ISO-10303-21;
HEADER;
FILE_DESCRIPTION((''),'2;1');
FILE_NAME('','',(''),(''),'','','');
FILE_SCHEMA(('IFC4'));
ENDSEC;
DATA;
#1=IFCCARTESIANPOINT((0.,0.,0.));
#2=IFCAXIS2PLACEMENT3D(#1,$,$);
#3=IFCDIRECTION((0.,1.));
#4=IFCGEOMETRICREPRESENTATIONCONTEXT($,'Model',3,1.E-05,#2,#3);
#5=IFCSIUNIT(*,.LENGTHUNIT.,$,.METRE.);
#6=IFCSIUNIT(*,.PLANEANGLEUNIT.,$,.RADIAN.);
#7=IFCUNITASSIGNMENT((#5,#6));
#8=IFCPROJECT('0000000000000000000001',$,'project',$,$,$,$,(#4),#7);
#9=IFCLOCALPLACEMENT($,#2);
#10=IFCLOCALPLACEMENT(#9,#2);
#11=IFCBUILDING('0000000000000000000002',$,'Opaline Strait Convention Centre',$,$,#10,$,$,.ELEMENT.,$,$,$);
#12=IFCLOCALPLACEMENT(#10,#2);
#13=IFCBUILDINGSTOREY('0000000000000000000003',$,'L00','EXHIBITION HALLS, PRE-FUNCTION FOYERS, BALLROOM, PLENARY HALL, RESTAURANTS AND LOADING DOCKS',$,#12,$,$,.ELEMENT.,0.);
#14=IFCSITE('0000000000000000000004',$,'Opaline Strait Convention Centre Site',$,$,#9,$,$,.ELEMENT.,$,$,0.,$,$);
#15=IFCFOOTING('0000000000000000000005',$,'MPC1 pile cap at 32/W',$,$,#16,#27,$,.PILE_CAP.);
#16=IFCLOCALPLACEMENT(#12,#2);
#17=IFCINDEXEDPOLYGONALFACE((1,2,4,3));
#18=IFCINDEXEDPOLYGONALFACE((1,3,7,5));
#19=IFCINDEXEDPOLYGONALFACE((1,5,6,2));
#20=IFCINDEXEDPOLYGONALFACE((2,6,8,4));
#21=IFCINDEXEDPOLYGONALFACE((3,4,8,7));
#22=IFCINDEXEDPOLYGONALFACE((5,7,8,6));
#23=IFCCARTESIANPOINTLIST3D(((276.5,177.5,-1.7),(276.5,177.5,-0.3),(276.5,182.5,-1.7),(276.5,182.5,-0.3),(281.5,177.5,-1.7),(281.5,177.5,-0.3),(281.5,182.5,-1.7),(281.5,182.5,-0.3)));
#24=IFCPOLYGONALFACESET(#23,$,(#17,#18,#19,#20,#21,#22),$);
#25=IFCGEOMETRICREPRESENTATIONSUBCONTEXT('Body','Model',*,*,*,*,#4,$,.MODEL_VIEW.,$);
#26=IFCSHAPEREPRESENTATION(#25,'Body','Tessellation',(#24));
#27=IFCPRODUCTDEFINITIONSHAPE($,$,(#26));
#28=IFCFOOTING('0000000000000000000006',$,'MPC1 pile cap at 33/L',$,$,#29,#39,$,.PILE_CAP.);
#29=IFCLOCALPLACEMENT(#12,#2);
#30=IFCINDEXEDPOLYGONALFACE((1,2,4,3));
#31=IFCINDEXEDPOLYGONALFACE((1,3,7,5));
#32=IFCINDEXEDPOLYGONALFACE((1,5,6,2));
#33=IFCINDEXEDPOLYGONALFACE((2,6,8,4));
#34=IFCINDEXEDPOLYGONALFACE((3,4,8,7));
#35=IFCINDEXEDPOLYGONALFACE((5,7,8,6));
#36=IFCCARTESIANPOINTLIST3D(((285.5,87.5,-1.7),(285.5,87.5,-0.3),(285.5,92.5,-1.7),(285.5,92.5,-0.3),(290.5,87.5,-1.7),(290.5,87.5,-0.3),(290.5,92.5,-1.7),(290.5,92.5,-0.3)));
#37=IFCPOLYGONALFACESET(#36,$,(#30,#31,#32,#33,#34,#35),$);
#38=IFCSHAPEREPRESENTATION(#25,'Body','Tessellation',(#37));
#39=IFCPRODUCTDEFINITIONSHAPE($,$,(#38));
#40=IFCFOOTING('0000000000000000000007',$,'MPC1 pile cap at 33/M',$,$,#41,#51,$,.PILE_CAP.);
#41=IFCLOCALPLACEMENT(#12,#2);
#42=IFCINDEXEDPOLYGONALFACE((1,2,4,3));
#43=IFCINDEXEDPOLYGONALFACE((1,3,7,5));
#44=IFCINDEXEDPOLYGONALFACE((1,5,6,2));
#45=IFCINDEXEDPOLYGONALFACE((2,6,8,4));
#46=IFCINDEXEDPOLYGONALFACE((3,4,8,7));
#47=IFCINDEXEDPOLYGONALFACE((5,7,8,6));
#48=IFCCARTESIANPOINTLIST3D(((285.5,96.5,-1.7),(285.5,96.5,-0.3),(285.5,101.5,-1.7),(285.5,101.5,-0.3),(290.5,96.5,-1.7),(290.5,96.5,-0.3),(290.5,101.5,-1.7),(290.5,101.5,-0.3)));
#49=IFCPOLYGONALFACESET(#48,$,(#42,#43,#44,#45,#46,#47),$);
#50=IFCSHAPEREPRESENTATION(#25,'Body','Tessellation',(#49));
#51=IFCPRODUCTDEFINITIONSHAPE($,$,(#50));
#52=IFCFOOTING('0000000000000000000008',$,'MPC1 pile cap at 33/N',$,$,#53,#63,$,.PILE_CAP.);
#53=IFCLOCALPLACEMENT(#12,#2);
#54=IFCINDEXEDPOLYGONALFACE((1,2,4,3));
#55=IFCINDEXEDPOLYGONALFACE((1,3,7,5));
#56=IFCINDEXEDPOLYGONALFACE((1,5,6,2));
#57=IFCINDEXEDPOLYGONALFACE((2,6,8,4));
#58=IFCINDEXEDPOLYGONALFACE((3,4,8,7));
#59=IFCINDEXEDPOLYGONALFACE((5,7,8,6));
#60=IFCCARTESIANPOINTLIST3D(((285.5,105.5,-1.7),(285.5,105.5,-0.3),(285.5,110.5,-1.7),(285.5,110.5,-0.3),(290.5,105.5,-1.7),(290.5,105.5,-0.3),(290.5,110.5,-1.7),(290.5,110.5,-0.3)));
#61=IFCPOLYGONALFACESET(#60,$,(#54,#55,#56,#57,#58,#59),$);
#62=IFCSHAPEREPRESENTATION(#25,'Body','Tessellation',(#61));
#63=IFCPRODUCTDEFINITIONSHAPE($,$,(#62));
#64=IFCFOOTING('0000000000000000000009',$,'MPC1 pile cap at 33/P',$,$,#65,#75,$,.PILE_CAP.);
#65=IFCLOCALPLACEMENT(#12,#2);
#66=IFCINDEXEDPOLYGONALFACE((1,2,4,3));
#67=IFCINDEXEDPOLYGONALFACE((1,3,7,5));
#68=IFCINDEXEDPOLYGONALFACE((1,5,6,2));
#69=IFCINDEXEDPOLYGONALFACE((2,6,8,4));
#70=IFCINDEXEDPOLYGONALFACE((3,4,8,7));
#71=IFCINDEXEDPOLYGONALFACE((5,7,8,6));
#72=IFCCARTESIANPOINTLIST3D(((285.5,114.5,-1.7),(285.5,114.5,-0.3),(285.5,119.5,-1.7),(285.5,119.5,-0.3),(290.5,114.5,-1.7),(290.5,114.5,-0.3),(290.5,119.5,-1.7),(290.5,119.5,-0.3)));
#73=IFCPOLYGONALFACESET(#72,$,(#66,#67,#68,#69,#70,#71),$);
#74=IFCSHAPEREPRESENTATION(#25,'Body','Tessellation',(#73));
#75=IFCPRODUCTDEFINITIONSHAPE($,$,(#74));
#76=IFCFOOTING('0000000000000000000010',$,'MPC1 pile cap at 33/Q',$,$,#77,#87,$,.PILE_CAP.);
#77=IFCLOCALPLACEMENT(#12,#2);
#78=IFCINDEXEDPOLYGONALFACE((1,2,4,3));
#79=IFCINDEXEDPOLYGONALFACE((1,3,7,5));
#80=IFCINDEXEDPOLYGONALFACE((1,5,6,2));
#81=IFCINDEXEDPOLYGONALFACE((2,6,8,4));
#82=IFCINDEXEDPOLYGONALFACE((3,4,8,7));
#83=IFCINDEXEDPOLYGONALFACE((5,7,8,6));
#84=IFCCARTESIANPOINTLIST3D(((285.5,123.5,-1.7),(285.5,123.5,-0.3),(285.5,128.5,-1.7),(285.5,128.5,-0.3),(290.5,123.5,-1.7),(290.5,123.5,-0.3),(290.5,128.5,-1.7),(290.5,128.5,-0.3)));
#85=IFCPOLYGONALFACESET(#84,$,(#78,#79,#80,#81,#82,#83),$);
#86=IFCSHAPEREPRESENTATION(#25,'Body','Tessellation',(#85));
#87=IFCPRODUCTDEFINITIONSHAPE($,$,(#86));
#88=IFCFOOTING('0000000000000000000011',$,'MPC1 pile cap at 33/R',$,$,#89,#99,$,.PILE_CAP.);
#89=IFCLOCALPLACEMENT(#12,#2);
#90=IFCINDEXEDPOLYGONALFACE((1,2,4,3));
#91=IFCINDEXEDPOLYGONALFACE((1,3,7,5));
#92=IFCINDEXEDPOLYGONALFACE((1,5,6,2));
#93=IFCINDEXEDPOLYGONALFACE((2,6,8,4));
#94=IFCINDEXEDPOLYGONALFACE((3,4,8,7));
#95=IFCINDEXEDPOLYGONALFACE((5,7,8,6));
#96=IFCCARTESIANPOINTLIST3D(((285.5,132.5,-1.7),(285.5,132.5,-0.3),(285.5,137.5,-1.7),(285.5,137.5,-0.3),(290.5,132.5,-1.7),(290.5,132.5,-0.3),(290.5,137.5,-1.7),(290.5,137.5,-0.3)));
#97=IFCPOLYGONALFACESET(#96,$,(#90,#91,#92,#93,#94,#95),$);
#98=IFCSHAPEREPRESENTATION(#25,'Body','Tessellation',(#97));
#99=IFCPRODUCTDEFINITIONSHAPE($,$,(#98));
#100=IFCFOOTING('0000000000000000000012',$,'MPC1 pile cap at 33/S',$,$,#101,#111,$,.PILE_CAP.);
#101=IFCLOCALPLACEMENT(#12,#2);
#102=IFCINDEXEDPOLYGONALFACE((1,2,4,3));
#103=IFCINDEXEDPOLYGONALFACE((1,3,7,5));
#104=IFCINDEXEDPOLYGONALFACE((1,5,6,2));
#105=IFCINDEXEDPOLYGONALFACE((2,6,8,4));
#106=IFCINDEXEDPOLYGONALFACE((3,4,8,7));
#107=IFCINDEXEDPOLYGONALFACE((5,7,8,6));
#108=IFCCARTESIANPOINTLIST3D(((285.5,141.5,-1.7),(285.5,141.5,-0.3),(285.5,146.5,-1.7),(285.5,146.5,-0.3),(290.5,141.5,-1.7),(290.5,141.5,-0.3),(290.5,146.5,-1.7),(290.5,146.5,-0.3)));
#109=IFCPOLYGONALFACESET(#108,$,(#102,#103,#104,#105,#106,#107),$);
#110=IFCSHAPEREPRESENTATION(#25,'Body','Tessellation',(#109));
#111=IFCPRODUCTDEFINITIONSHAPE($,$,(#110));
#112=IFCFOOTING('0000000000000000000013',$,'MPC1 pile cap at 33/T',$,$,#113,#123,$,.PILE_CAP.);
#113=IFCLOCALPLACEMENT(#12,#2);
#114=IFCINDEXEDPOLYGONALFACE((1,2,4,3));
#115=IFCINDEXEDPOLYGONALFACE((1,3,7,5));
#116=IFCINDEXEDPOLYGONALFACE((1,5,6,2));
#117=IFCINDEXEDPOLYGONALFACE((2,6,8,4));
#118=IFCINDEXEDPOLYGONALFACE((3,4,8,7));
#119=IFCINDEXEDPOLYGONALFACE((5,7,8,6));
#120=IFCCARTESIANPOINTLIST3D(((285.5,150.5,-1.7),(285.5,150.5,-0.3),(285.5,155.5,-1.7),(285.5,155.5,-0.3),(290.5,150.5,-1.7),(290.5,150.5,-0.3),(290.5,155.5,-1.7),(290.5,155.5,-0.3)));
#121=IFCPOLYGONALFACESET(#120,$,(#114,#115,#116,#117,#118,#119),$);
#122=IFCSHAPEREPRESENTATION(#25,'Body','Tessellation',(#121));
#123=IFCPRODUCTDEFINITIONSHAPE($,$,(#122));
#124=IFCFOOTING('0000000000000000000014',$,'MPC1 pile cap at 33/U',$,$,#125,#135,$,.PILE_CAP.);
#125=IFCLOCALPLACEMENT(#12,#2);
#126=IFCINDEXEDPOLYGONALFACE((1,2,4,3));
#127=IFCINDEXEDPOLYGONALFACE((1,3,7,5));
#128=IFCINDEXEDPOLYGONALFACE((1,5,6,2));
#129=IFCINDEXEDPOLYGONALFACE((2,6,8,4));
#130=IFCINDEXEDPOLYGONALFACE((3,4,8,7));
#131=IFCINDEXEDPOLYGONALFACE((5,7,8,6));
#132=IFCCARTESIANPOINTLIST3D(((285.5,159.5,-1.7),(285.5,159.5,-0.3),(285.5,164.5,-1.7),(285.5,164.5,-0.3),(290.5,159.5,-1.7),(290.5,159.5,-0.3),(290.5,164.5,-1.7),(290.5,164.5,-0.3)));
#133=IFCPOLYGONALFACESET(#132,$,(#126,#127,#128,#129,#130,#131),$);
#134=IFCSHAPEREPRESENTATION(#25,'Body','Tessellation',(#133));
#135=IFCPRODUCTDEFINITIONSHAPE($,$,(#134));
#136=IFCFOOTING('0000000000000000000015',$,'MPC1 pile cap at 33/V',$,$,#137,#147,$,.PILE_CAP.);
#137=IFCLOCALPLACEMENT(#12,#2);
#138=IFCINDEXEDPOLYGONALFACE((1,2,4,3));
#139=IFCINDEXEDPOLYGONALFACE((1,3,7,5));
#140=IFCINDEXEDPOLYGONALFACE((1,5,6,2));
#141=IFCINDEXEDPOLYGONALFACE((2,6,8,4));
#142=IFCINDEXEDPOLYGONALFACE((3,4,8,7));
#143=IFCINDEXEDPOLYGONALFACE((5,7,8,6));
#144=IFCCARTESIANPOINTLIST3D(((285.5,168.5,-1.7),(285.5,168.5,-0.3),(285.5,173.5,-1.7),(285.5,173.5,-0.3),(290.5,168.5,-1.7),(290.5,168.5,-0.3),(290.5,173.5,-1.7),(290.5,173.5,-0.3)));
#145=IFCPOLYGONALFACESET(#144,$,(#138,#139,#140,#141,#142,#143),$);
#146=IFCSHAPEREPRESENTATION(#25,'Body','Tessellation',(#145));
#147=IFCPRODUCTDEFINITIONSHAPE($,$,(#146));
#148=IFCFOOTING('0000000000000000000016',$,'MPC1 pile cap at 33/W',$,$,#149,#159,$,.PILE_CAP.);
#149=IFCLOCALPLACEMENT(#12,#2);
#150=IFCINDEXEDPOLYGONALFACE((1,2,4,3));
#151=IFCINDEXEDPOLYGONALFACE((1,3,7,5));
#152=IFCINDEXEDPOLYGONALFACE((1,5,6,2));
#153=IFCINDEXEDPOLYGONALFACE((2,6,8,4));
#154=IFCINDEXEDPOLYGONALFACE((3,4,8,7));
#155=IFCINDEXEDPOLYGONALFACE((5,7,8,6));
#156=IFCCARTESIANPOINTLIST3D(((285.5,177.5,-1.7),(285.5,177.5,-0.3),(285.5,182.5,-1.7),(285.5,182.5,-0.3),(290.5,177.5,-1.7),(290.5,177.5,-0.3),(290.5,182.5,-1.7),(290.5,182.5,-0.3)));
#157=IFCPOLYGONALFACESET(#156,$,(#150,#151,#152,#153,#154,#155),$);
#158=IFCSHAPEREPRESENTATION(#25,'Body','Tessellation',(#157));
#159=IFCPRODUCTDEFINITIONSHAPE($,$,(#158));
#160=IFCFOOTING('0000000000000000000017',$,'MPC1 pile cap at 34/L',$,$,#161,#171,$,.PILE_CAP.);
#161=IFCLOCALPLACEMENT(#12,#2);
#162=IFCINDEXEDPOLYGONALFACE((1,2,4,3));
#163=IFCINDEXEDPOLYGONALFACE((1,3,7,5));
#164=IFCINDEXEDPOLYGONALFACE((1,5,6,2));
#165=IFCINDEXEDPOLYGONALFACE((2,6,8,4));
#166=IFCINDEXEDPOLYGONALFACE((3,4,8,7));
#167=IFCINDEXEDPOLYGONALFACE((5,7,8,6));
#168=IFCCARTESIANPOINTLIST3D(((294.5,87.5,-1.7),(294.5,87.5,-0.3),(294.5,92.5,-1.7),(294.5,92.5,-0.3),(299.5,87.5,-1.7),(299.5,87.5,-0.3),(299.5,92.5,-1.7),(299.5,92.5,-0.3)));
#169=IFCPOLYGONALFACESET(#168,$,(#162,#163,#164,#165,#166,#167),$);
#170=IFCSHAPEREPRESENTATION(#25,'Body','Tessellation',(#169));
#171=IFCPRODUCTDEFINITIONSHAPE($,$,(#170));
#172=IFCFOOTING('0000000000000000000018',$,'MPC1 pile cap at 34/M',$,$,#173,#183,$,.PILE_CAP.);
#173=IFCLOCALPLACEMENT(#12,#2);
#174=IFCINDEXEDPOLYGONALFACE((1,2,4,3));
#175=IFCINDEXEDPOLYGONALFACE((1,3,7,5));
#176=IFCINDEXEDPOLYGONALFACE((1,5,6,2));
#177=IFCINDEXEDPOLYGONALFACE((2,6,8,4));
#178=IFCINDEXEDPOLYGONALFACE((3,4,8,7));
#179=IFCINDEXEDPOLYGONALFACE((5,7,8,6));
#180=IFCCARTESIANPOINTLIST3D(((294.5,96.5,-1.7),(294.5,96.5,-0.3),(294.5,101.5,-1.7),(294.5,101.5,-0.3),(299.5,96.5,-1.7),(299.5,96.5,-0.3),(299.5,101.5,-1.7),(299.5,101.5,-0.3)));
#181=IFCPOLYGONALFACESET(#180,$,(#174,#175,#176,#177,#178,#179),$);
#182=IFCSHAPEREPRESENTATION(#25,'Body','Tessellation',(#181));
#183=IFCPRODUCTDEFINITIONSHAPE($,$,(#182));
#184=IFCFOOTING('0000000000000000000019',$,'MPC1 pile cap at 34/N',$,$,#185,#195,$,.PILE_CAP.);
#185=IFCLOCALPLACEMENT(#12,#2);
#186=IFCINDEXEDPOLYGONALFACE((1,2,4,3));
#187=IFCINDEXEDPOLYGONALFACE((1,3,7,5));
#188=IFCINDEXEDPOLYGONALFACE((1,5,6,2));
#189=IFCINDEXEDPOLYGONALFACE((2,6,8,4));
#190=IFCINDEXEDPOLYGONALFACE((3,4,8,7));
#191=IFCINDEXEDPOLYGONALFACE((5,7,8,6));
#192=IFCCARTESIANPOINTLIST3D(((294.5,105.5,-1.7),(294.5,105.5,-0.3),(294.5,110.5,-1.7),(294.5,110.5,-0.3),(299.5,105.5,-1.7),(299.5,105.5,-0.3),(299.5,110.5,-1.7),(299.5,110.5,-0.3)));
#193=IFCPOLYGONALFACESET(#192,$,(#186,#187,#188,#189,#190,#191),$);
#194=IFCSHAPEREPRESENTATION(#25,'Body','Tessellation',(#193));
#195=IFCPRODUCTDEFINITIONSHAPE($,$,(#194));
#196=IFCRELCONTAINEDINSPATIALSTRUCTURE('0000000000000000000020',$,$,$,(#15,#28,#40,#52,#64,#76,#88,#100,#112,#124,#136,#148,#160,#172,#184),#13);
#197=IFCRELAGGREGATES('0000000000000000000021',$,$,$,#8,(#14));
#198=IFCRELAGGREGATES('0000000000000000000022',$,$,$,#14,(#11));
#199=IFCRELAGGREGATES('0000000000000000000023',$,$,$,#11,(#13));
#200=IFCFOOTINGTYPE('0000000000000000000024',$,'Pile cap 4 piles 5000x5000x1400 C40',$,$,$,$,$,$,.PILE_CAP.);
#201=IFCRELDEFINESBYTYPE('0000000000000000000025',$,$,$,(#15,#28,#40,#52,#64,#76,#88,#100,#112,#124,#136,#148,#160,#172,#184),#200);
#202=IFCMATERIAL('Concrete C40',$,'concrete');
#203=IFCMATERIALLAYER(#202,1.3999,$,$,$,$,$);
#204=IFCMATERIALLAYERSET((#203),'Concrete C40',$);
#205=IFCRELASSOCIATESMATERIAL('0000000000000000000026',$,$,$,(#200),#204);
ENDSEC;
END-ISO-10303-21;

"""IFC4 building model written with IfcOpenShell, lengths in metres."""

from ifc_helpers import new_model, si_unit, direction, frame, origin, place, context, subcontext, project, spatial, polyline, outline, extrude, material, layer, layer_set, type_object, element, save


model = new_model("IFC4")

# Units and contexts
model_context = context("Model", 3, precision=1e-05, world=origin(), true_north=direction((0.0, 1.0)))
body_context = subcontext(model_context, "Body", "Model", "MODEL_VIEW")
ifc_project = project(units=[si_unit("LENGTHUNIT", "METRE"), si_unit("PLANEANGLEUNIT", "RADIAN")], contexts=[model_context])

# Site, building, storey
site_placement = place(None, origin())
site = spatial("IfcSite", under=ifc_project, at=site_placement, Name="Opaline Strait Convention Centre Site", CompositionType="ELEMENT", RefElevation=0.0)
building_placement = place(site_placement, origin())
building = spatial("IfcBuilding", under=site, at=building_placement, Name="Opaline Strait Convention Centre", CompositionType="ELEMENT")
storey_placement = place(building_placement, origin())
storey = spatial("IfcBuildingStorey", under=building, at=storey_placement, Name="L00", Description="EXHIBITION HALLS, PRE-FUNCTION FOYERS, BALLROOM, PLENARY HALL, RESTAURANTS AND LOADING DOCKS", CompositionType="ELEMENT", Elevation=0.0)

# Footings
ifc_material = material(Name="Concrete C40", Category="concrete")
ifc_layer = layer(ifc_material, 1.3999)
ifc_layer_set = layer_set([ifc_layer], Name="Concrete C40")
footing_type = type_object("IfcFootingType", Name="Pile cap 4 piles 5000x5000x1400 C40", PredefinedType="PILE_CAP", material=ifc_layer_set)
footing_1_placement = place(storey_placement, frame((0.0, 0.0, -1.7)))
element("IfcFooting", 1, at=footing_1_placement, inside=storey, type_object=footing_type, Name="MPC1 pile cap at 32/W", PredefinedType="PILE_CAP", context=body_context, shape_type="SweptSolid", body=[
    extrude(outline(polyline([(276.5, 177.5), (281.5, 177.5), (281.5, 182.5), (276.5, 182.5), (276.5, 177.5)])), origin(), (0.0, 0.0, 1.0), 1.3999),
])
footing_2_placement = place(storey_placement, frame((0.0, 0.0, -1.7)))
element("IfcFooting", 2, at=footing_2_placement, inside=storey, type_object=footing_type, Name="MPC1 pile cap at 33/L", PredefinedType="PILE_CAP", context=body_context, shape_type="SweptSolid", body=[
    extrude(outline(polyline([(285.5, 87.5), (290.5, 87.5), (290.5, 92.5), (285.5, 92.5), (285.5, 87.5)])), origin(), (0.0, 0.0, 1.0), 1.3999),
])
footing_3_placement = place(storey_placement, frame((0.0, 0.0, -1.7)))
element("IfcFooting", 3, at=footing_3_placement, inside=storey, type_object=footing_type, Name="MPC1 pile cap at 33/M", PredefinedType="PILE_CAP", context=body_context, shape_type="SweptSolid", body=[
    extrude(outline(polyline([(285.5, 96.5), (290.5, 96.5), (290.5, 101.5), (285.5, 101.5), (285.5, 96.5)])), origin(), (0.0, 0.0, 1.0), 1.3999),
])
footing_4_placement = place(storey_placement, frame((0.0, 0.0, -1.7)))
element("IfcFooting", 4, at=footing_4_placement, inside=storey, type_object=footing_type, Name="MPC1 pile cap at 33/N", PredefinedType="PILE_CAP", context=body_context, shape_type="SweptSolid", body=[
    extrude(outline(polyline([(285.5, 105.5), (290.5, 105.5), (290.5, 110.5), (285.5, 110.5), (285.5, 105.5)])), origin(), (0.0, 0.0, 1.0), 1.3999),
])
footing_5_placement = place(storey_placement, frame((0.0, 0.0, -1.7)))
element("IfcFooting", 5, at=footing_5_placement, inside=storey, type_object=footing_type, Name="MPC1 pile cap at 33/P", PredefinedType="PILE_CAP", context=body_context, shape_type="SweptSolid", body=[
    extrude(outline(polyline([(285.5, 114.5), (290.5, 114.5), (290.5, 119.5), (285.5, 119.5), (285.5, 114.5)])), origin(), (0.0, 0.0, 1.0), 1.3999),
])
footing_6_placement = place(storey_placement, frame((0.0, 0.0, -1.7)))
element("IfcFooting", 6, at=footing_6_placement, inside=storey, type_object=footing_type, Name="MPC1 pile cap at 33/Q", PredefinedType="PILE_CAP", context=body_context, shape_type="SweptSolid", body=[
    extrude(outline(polyline([(285.5, 123.5), (290.5, 123.5), (290.5, 128.5), (285.5, 128.5), (285.5, 123.5)])), origin(), (0.0, 0.0, 1.0), 1.3999),
])
footing_7_placement = place(storey_placement, frame((0.0, 0.0, -1.7)))
element("IfcFooting", 7, at=footing_7_placement, inside=storey, type_object=footing_type, Name="MPC1 pile cap at 33/R", PredefinedType="PILE_CAP", context=body_context, shape_type="SweptSolid", body=[
    extrude(outline(polyline([(285.5, 132.5), (290.5, 132.5), (290.5, 137.5), (285.5, 137.5), (285.5, 132.5)])), origin(), (0.0, 0.0, 1.0), 1.3999),
])
footing_8_placement = place(storey_placement, frame((0.0, 0.0, -1.7)))
element("IfcFooting", 8, at=footing_8_placement, inside=storey, type_object=footing_type, Name="MPC1 pile cap at 33/S", PredefinedType="PILE_CAP", context=body_context, shape_type="SweptSolid", body=[
    extrude(outline(polyline([(285.5, 141.5), (290.5, 141.5), (290.5, 146.5), (285.5, 146.5), (285.5, 141.5)])), origin(), (0.0, 0.0, 1.0), 1.3999),
])
footing_9_placement = place(storey_placement, frame((0.0, 0.0, -1.7)))
element("IfcFooting", 9, at=footing_9_placement, inside=storey, type_object=footing_type, Name="MPC1 pile cap at 33/T", PredefinedType="PILE_CAP", context=body_context, shape_type="SweptSolid", body=[
    extrude(outline(polyline([(285.5, 150.5), (290.5, 150.5), (290.5, 155.5), (285.5, 155.5), (285.5, 150.5)])), origin(), (0.0, 0.0, 1.0), 1.3999),
])
footing_10_placement = place(storey_placement, frame((0.0, 0.0, -1.7)))
element("IfcFooting", 10, at=footing_10_placement, inside=storey, type_object=footing_type, Name="MPC1 pile cap at 33/U", PredefinedType="PILE_CAP", context=body_context, shape_type="SweptSolid", body=[
    extrude(outline(polyline([(285.5, 159.5), (290.5, 159.5), (290.5, 164.5), (285.5, 164.5), (285.5, 159.5)])), origin(), (0.0, 0.0, 1.0), 1.3999),
])
footing_11_placement = place(storey_placement, frame((0.0, 0.0, -1.7)))
element("IfcFooting", 11, at=footing_11_placement, inside=storey, type_object=footing_type, Name="MPC1 pile cap at 33/V", PredefinedType="PILE_CAP", context=body_context, shape_type="SweptSolid", body=[
    extrude(outline(polyline([(285.5, 168.5), (290.5, 168.5), (290.5, 173.5), (285.5, 173.5), (285.5, 168.5)])), origin(), (0.0, 0.0, 1.0), 1.3999),
])
footing_12_placement = place(storey_placement, frame((0.0, 0.0, -1.7)))
element("IfcFooting", 12, at=footing_12_placement, inside=storey, type_object=footing_type, Name="MPC1 pile cap at 33/W", PredefinedType="PILE_CAP", context=body_context, shape_type="SweptSolid", body=[
    extrude(outline(polyline([(285.5, 177.5), (290.5, 177.5), (290.5, 182.5), (285.5, 182.5), (285.5, 177.5)])), origin(), (0.0, 0.0, 1.0), 1.3999),
])
footing_13_placement = place(storey_placement, frame((0.0, 0.0, -1.7)))
element("IfcFooting", 13, at=footing_13_placement, inside=storey, type_object=footing_type, Name="MPC1 pile cap at 34/L", PredefinedType="PILE_CAP", context=body_context, shape_type="SweptSolid", body=[
    extrude(outline(polyline([(294.5, 87.5), (299.5, 87.5), (299.5, 92.5), (294.5, 92.5), (294.5, 87.5)])), origin(), (0.0, 0.0, 1.0), 1.3999),
])
footing_14_placement = place(storey_placement, frame((0.0, 0.0, -1.7)))
element("IfcFooting", 14, at=footing_14_placement, inside=storey, type_object=footing_type, Name="MPC1 pile cap at 34/M", PredefinedType="PILE_CAP", context=body_context, shape_type="SweptSolid", body=[
    extrude(outline(polyline([(294.5, 96.5), (299.5, 96.5), (299.5, 101.5), (294.5, 101.5), (294.5, 96.5)])), origin(), (0.0, 0.0, 1.0), 1.3999),
])
footing_15_placement = place(storey_placement, frame((0.0, 0.0, -1.7)))
element("IfcFooting", 15, at=footing_15_placement, inside=storey, type_object=footing_type, Name="MPC1 pile cap at 34/N", PredefinedType="PILE_CAP", context=body_context, shape_type="SweptSolid", body=[
    extrude(outline(polyline([(294.5, 105.5), (299.5, 105.5), (299.5, 110.5), (294.5, 110.5), (294.5, 105.5)])), origin(), (0.0, 0.0, 1.0), 1.3999),
])

save(model, "model.ifc")
